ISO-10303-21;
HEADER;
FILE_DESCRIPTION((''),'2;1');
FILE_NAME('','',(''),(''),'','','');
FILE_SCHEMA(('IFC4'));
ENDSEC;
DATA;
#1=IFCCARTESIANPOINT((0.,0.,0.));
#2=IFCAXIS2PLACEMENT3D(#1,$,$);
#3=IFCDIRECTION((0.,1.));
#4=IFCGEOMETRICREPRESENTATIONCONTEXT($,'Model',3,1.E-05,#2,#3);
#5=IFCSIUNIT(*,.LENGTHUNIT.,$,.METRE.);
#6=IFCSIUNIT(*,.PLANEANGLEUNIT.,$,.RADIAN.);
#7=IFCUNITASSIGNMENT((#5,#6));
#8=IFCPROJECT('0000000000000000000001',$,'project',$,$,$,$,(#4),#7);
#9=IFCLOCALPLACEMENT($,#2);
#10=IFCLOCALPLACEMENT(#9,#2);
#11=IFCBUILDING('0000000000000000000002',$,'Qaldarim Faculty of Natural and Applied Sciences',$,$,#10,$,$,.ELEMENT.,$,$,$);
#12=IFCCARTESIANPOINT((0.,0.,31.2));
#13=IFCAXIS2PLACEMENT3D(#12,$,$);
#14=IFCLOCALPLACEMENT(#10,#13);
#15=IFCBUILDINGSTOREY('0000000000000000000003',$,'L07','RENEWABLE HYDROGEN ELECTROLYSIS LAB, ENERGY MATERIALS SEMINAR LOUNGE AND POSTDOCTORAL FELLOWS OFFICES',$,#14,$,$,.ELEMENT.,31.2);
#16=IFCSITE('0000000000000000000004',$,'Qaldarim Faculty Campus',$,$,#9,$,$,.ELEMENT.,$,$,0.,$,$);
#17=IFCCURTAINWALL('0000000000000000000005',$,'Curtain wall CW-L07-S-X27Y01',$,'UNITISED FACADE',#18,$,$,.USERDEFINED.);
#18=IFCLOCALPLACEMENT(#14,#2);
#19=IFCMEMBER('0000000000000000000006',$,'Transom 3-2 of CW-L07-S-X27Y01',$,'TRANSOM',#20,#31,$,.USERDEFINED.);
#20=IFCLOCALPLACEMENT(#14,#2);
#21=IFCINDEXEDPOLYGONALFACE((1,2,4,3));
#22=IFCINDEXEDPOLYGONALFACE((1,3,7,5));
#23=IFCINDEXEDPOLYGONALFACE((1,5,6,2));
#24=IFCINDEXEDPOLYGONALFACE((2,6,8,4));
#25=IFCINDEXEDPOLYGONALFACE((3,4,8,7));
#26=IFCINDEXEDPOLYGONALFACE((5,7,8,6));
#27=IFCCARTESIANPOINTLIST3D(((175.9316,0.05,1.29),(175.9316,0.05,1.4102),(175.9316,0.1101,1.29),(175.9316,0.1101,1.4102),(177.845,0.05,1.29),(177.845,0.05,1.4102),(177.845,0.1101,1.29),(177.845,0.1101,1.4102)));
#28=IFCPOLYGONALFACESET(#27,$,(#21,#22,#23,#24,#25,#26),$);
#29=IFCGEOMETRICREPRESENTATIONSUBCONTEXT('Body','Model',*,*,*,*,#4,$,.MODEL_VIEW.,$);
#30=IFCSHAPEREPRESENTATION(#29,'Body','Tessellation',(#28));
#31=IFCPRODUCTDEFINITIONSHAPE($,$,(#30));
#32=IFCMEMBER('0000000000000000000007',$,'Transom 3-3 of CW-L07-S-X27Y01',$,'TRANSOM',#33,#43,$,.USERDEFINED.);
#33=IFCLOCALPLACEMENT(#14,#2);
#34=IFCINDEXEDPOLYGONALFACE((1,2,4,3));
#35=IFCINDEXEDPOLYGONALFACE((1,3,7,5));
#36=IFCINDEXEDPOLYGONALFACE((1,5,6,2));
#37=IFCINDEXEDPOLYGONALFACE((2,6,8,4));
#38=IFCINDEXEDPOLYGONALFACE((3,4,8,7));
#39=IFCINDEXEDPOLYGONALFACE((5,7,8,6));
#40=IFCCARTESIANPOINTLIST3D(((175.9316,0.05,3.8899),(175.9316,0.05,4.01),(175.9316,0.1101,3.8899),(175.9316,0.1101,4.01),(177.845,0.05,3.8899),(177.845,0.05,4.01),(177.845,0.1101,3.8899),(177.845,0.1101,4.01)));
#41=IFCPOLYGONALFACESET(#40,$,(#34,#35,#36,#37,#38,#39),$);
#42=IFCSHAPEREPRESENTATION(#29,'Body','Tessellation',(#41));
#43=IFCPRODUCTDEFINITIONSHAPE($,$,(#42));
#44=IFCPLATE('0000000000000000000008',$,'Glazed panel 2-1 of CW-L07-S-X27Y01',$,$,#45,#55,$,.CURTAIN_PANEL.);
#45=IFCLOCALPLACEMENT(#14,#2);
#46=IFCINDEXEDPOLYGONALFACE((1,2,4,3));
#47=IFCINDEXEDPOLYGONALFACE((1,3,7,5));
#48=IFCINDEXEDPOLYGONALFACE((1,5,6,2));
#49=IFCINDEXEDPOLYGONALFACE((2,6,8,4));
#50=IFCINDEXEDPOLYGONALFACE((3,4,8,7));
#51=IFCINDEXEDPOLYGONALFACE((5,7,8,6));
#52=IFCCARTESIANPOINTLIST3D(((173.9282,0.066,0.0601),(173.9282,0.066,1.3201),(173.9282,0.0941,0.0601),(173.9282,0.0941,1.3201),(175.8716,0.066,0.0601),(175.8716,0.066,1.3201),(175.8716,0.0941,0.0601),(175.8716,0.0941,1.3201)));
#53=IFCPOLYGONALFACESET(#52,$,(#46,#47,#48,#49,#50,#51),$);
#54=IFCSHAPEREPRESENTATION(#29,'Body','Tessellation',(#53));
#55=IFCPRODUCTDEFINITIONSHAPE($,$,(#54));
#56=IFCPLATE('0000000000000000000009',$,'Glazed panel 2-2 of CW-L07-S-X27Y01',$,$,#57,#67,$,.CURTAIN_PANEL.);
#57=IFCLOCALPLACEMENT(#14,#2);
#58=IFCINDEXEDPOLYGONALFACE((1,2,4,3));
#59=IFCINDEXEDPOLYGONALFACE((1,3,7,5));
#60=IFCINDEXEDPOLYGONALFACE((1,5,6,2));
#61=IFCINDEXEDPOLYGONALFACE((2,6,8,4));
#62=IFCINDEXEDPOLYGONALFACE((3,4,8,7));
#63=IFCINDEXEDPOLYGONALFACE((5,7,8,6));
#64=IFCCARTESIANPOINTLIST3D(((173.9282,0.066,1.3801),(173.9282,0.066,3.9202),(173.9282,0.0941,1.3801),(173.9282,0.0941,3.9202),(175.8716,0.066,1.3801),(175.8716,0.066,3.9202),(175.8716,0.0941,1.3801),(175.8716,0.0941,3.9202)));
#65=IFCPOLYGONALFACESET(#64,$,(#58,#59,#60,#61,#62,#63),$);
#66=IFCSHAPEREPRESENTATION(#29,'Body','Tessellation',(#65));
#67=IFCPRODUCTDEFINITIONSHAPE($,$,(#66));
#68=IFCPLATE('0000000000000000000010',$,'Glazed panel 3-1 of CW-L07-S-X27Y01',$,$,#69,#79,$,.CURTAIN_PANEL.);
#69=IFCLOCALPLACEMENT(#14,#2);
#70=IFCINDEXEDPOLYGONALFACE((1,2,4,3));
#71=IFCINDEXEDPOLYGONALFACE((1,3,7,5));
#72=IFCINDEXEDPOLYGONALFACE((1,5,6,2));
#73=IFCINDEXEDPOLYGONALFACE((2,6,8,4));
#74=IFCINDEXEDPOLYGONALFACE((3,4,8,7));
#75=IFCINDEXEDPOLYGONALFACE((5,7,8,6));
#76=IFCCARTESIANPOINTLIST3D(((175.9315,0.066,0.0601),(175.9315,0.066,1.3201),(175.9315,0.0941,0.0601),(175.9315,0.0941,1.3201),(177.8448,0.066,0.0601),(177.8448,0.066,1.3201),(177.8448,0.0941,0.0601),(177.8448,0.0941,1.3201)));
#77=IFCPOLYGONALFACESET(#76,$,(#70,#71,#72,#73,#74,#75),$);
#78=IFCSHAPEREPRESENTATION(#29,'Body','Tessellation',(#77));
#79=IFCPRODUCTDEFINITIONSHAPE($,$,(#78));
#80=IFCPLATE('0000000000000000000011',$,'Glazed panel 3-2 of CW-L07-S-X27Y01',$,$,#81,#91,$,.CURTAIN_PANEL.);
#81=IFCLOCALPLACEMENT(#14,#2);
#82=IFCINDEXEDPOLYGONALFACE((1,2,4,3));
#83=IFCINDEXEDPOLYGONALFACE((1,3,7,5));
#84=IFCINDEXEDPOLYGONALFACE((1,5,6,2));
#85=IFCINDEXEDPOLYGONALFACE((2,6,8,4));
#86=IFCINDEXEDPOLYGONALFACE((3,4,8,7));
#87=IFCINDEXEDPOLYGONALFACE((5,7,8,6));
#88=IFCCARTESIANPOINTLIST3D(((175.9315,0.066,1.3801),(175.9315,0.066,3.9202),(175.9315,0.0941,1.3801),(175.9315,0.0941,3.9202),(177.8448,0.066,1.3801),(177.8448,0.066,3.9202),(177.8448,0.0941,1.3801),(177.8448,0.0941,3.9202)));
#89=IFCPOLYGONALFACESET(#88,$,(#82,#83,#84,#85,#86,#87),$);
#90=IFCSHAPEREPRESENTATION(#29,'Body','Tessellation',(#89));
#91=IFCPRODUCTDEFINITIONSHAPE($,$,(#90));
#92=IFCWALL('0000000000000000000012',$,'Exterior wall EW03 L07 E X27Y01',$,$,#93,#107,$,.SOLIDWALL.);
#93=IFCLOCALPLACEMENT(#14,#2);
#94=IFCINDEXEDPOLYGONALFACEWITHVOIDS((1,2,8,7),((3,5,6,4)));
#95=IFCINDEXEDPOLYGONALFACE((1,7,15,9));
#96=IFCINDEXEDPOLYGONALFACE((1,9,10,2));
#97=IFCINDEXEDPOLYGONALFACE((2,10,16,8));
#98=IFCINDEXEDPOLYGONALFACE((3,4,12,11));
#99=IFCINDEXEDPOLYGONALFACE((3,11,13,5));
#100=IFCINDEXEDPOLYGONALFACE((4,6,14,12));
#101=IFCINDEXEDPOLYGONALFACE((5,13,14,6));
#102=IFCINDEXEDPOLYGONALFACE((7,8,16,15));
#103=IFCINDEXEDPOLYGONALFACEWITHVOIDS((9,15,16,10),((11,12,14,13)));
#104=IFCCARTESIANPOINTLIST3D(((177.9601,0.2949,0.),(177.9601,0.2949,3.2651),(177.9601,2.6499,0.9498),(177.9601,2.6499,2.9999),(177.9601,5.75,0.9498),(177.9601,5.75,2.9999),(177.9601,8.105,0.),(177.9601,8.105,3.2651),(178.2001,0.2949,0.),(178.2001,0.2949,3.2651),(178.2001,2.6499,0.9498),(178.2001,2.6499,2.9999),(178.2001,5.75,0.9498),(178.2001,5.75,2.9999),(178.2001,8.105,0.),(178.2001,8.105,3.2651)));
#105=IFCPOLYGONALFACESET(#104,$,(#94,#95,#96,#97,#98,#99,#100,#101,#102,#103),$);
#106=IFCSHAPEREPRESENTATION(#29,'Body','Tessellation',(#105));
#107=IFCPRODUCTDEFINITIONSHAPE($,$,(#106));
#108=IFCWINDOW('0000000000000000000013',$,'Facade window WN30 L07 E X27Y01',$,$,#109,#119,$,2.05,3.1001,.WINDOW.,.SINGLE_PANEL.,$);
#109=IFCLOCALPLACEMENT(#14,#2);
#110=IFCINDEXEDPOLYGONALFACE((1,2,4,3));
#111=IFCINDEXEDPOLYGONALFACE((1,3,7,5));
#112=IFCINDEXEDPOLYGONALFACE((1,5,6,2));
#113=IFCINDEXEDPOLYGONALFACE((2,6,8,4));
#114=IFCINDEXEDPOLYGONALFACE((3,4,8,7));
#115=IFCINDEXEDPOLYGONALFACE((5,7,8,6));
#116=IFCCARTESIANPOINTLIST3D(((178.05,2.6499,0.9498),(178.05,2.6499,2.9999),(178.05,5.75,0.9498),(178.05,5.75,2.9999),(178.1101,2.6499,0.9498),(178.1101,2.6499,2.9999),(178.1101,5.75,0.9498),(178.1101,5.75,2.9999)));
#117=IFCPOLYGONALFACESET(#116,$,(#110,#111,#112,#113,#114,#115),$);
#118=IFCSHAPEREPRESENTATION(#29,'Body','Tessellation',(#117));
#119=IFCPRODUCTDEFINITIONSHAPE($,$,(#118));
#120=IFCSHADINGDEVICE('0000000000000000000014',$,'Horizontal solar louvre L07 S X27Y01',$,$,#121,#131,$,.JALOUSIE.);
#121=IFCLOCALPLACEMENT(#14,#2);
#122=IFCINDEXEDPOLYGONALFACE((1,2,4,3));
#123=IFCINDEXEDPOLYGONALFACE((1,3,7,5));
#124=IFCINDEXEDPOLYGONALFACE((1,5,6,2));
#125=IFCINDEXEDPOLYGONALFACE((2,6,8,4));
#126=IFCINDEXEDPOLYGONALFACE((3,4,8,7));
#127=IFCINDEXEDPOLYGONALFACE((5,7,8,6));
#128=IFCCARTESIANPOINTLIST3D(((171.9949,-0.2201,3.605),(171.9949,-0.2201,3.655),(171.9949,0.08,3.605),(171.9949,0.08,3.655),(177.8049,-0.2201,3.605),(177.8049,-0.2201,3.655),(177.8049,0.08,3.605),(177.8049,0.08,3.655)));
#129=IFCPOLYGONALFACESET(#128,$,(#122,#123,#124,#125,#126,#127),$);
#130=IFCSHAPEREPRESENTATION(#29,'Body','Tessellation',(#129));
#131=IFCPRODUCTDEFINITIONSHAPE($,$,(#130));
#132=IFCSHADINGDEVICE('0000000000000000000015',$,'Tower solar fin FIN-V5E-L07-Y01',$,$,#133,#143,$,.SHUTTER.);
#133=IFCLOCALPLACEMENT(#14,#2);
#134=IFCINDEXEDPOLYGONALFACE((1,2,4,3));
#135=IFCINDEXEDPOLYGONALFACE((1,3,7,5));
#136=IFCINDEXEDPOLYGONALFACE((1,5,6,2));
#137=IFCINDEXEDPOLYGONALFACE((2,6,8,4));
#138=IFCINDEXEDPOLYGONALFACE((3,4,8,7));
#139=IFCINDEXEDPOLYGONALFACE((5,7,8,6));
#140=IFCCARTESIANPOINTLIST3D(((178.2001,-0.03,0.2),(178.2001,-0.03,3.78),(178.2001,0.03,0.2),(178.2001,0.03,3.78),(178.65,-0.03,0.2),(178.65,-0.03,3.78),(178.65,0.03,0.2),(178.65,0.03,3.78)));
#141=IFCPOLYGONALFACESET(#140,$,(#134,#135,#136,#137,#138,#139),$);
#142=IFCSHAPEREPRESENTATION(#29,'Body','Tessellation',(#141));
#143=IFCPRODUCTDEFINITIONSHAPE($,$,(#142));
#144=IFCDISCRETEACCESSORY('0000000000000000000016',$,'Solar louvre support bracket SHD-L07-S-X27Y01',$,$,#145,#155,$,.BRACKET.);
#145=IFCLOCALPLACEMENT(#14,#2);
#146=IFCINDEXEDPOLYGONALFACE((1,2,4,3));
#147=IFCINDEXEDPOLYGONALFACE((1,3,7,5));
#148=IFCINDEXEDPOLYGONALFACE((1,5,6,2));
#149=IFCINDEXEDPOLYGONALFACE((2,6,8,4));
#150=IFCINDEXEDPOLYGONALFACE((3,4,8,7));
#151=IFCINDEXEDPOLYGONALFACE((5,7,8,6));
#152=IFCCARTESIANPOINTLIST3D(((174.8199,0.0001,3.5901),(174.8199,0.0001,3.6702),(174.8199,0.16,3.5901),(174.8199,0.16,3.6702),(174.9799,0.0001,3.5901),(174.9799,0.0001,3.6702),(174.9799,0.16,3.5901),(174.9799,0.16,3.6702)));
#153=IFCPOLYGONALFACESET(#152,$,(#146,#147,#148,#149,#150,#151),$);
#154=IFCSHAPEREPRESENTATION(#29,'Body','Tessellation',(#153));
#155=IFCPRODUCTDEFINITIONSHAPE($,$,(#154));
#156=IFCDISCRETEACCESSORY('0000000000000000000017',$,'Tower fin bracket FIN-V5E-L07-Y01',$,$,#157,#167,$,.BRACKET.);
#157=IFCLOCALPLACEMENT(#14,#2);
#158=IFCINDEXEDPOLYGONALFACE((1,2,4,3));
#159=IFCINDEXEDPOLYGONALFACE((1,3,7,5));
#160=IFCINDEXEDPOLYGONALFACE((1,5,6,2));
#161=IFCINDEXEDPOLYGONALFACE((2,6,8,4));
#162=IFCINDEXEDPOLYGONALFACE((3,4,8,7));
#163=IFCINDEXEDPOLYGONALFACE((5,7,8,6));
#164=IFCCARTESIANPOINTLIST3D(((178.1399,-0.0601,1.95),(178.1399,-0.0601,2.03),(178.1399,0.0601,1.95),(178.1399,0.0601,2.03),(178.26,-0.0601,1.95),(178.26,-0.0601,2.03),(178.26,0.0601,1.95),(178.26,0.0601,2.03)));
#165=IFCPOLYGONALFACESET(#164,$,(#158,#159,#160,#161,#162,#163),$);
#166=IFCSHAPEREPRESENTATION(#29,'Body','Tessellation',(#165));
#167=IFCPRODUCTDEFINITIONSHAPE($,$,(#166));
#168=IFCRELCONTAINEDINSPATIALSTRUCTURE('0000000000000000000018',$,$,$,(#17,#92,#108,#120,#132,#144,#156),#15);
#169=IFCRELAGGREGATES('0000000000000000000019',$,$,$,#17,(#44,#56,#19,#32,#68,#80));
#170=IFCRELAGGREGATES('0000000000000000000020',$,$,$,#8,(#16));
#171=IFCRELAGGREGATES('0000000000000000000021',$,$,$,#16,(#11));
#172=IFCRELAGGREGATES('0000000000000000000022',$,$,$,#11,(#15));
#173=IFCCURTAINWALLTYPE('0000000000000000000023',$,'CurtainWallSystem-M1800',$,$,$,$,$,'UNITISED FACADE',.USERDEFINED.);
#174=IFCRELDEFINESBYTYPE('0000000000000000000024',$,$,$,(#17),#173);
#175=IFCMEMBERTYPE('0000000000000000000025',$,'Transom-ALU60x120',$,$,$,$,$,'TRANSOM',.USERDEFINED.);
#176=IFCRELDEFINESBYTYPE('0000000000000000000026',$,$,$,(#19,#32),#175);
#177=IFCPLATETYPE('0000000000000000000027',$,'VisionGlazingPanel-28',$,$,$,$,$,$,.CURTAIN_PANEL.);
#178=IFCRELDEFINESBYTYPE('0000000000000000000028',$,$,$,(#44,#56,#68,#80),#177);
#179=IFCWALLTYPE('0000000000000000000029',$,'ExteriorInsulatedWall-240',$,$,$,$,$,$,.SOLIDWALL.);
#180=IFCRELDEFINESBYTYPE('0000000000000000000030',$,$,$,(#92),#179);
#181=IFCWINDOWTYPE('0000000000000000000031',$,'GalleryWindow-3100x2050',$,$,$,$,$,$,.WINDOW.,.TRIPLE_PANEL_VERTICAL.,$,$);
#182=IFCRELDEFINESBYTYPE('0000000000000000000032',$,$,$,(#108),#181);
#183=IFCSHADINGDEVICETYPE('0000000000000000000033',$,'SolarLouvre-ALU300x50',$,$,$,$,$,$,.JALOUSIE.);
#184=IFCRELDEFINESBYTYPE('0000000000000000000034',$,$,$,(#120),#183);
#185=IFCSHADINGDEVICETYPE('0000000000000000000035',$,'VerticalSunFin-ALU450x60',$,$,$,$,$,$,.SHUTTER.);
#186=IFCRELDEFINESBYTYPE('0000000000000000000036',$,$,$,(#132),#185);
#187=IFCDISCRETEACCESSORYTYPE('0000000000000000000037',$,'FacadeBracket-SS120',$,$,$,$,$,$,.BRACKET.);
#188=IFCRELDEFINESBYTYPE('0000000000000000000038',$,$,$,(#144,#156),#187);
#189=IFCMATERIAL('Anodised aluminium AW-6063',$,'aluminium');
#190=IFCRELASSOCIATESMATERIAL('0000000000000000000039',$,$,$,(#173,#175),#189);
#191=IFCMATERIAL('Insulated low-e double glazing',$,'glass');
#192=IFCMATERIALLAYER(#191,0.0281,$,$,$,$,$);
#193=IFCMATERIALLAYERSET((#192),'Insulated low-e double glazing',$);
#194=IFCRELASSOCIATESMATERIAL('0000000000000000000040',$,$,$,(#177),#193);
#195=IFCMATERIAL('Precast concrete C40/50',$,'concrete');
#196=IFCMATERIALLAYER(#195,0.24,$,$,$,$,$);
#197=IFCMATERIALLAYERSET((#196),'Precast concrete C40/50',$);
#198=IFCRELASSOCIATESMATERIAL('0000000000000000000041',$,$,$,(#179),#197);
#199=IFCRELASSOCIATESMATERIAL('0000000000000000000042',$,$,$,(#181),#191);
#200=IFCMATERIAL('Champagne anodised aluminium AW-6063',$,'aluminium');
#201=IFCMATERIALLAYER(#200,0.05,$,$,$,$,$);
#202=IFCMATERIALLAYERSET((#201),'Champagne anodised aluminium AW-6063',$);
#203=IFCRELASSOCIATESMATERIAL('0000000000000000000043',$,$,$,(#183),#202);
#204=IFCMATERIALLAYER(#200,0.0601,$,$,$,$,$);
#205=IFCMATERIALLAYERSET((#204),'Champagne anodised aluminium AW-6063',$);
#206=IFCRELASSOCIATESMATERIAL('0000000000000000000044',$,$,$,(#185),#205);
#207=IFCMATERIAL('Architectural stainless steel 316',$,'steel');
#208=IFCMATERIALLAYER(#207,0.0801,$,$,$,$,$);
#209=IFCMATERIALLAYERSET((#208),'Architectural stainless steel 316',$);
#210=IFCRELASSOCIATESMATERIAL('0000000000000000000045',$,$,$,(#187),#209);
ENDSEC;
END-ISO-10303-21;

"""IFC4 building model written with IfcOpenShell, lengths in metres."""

from ifc_helpers import new_model, si_unit, direction, frame, frame_2d, origin, origin_2d, place, context, subcontext, project, spatial, rectangle, extrude, material, layer, layer_set, material_profile, profile_set, type_object, element, fill, aggregate, save


model = new_model("IFC4")

# Units and contexts
model_context = context("Model", 3, precision=1e-05, world=origin(), true_north=direction((0.0, 1.0)))
body_context = subcontext(model_context, "Body", "Model", "MODEL_VIEW")
ifc_project = project(units=[si_unit("LENGTHUNIT", "METRE"), si_unit("PLANEANGLEUNIT", "RADIAN")], contexts=[model_context])

# Site, building, storey
site_placement = place(None, origin())
site = spatial("IfcSite", under=ifc_project, at=site_placement, Name="Qaldarim Faculty Campus", CompositionType="ELEMENT", RefElevation=0.0)
building_placement = place(site_placement, origin())
building = spatial("IfcBuilding", under=site, at=building_placement, Name="Qaldarim Faculty of Natural and Applied Sciences", CompositionType="ELEMENT")
storey_placement = place(building_placement, frame((0.0, 0.0, 31.2)))
storey = spatial("IfcBuildingStorey", under=building, at=storey_placement, Name="L07", Description="RENEWABLE HYDROGEN ELECTROLYSIS LAB, ENERGY MATERIALS SEMINAR LOUNGE AND POSTDOCTORAL FELLOWS OFFICES", CompositionType="ELEMENT", Elevation=31.2)

# Curtain wall
ifc_material_1 = material(Name="Anodised aluminium AW-6063", Category="aluminium")
curtain_wall_type = type_object("IfcCurtainWallType", Name="CurtainWallSystem-M1800", ElementType="UNITISED FACADE", PredefinedType="USERDEFINED", material=ifc_material_1)
curtain_wall_placement = place(storey_placement, origin())
curtain_wall = element("IfcCurtainWall", 1, at=curtain_wall_placement, inside=storey, type_object=curtain_wall_type, Name="Curtain wall CW-L07-S-X27Y01", ObjectType="UNITISED FACADE", PredefinedType="USERDEFINED")

# Shared definitions
ifc_material_2 = material(Name="Precast concrete C40/50", Category="concrete")

# Members
ifc_material_profile_1 = material_profile(ifc_material_1, rectangle(XDim=0.0601, YDim=0.1201, at=origin_2d()), Name="ALU-T60x120")
ifc_profile_set_1 = profile_set([ifc_material_profile_1], Name="Anodised aluminium AW-6063")
member_type_1 = type_object("IfcMemberType", Name="Transom-ALU60x120", ElementType="TRANSOM", PredefinedType="USERDEFINED", material=ifc_profile_set_1)
member_1_placement = place(storey_placement, frame((175.9316, 0.0801, 1.3501), z_axis=(1.0, 0.0, 0.0), x_axis=(0.0, 1.0, 0.0)))
member_1 = element("IfcMember", 2, at=member_1_placement, type_object=member_type_1, Name="Transom 3-2 of CW-L07-S-X27Y01", ObjectType="TRANSOM", PredefinedType="USERDEFINED", context=body_context, shape_type="SweptSolid", body=[
    extrude(rectangle(XDim=0.0601, YDim=0.1201, at=origin_2d()), origin(), (0.0, 0.0, 1.0), 1.9133),
])
member_2_placement = place(storey_placement, frame((175.9316, 0.0801, 3.95), z_axis=(1.0, 0.0, 0.0), x_axis=(0.0, 1.0, 0.0)))
member_2 = element("IfcMember", 3, at=member_2_placement, type_object=member_type_1, Name="Transom 3-3 of CW-L07-S-X27Y01", ObjectType="TRANSOM", PredefinedType="USERDEFINED", context=body_context, shape_type="SweptSolid", body=[
    extrude(rectangle(XDim=0.0601, YDim=0.1201, at=origin_2d()), origin(), (0.0, 0.0, 1.0), 1.9133),
])

# Plates
ifc_material_3 = material(Name="Insulated low-e double glazing", Category="glass")
ifc_layer_1 = layer(ifc_material_3, 0.0281)
ifc_layer_set_1 = layer_set([ifc_layer_1], Name="Insulated low-e double glazing")
plate_type = type_object("IfcPlateType", Name="VisionGlazingPanel-28", PredefinedType="CURTAIN_PANEL", material=ifc_layer_set_1)
plate_1_placement = place(storey_placement, frame((174.8999, 0.0801, 0.0601), z_axis=(0.0, 0.0, 1.0), x_axis=(1.0, 0.0, 0.0)))
plate_1 = element("IfcPlate", 4, at=plate_1_placement, type_object=plate_type, Name="Glazed panel 2-1 of CW-L07-S-X27Y01", PredefinedType="CURTAIN_PANEL", context=body_context, shape_type="SweptSolid", body=[
    extrude(rectangle(XDim=1.9434, YDim=0.0281, at=origin_2d()), origin(), (0.0, 0.0, 1.0), 1.26),
])
plate_2_placement = place(storey_placement, frame((174.8999, 0.0801, 1.3801), z_axis=(0.0, 0.0, 1.0), x_axis=(1.0, 0.0, 0.0)))
plate_2 = element("IfcPlate", 5, at=plate_2_placement, type_object=plate_type, Name="Glazed panel 2-2 of CW-L07-S-X27Y01", PredefinedType="CURTAIN_PANEL", context=body_context, shape_type="SweptSolid", body=[
    extrude(rectangle(XDim=1.9434, YDim=0.0281, at=origin_2d()), origin(), (0.0, 0.0, 1.0), 2.54),
])
plate_3_placement = place(storey_placement, frame((176.8882, 0.0801, 0.0601), z_axis=(0.0, 0.0, 1.0), x_axis=(1.0, 0.0, 0.0)))
plate_3 = element("IfcPlate", 6, at=plate_3_placement, type_object=plate_type, Name="Glazed panel 3-1 of CW-L07-S-X27Y01", PredefinedType="CURTAIN_PANEL", context=body_context, shape_type="SweptSolid", body=[
    extrude(rectangle(XDim=1.9133, YDim=0.0281, at=origin_2d()), origin(), (0.0, 0.0, 1.0), 1.26),
])
plate_4_placement = place(storey_placement, frame((176.8882, 0.0801, 1.3801), z_axis=(0.0, 0.0, 1.0), x_axis=(1.0, 0.0, 0.0)))
plate_4 = element("IfcPlate", 7, at=plate_4_placement, type_object=plate_type, Name="Glazed panel 3-2 of CW-L07-S-X27Y01", PredefinedType="CURTAIN_PANEL", context=body_context, shape_type="SweptSolid", body=[
    extrude(rectangle(XDim=1.9133, YDim=0.0281, at=origin_2d()), origin(), (0.0, 0.0, 1.0), 2.54),
])
aggregate(curtain_wall, [plate_1, plate_2, member_1, member_2, plate_3, plate_4])

# Wall, opening, window
ifc_layer_2 = layer(ifc_material_2, 0.24)
ifc_layer_set_2 = layer_set([ifc_layer_2], Name="Precast concrete C40/50")
wall_type = type_object("IfcWallType", Name="ExteriorInsulatedWall-240", PredefinedType="SOLIDWALL", material=ifc_layer_set_2)
wall_placement = place(storey_placement, frame((178.0801, 0.2949, 0.0), z_axis=(0.0, 0.0, 1.0), x_axis=(0.0, 1.0, 0.0)))
wall = element("IfcWall", 8, at=wall_placement, inside=storey, type_object=wall_type, Name="Exterior wall EW03 L07 E X27Y01", PredefinedType="SOLIDWALL", context=body_context, shape_type="SweptSolid", body=[
    extrude(rectangle(XDim=7.8101, YDim=0.24, at=frame_2d((3.905, 0.0))), origin(), (0.0, 0.0, 1.0), 3.2651),
])
opening_placement = place(wall_placement, frame((2.355, 0.0, 0.95)))
opening = element("IfcOpeningElement", 9, at=opening_placement, cuts=wall, PredefinedType="OPENING", context=body_context, shape_type="SweptSolid", body=[
    extrude(rectangle(XDim=3.1001, YDim=2.05, at=frame_2d((1.55, 1.0249))), frame((0.0, 0.1299, 0.0), z_axis=(0.0, -1.0, 0.0), x_axis=(1.0, 0.0, 0.0)), (0.0, 0.0, 1.0), 0.26),
])
window_type = type_object("IfcWindowType", Name="GalleryWindow-3100x2050", PartitioningType="TRIPLE_PANEL_VERTICAL", PredefinedType="WINDOW", material=ifc_material_3)
window_placement = place(opening_placement, origin())
window = element("IfcWindow", 10, at=window_placement, inside=storey, type_object=window_type, Name="Facade window WN30 L07 E X27Y01", OverallHeight=2.05, OverallWidth=3.1001, PartitioningType="SINGLE_PANEL", PredefinedType="WINDOW", context=body_context, shape_type="SweptSolid", body=[
    extrude(rectangle(XDim=3.1001, YDim=2.05, at=frame_2d((1.55, 1.0249))), frame((0.0, 0.03, 0.0), z_axis=(0.0, -1.0, 0.0), x_axis=(1.0, 0.0, 0.0)), (0.0, 0.0, 1.0), 0.0601),
])
fill(opening, window)

# Shading devices
ifc_material_4 = material(Name="Champagne anodised aluminium AW-6063", Category="aluminium")
ifc_layer_3 = layer(ifc_material_4, 0.05)
ifc_layer_set_3 = layer_set([ifc_layer_3], Name="Champagne anodised aluminium AW-6063")
shading_device_type_1 = type_object("IfcShadingDeviceType", Name="SolarLouvre-ALU300x50", PredefinedType="JALOUSIE", material=ifc_layer_set_3)
shading_device_1_placement = place(storey_placement, frame((174.8999, -0.0701, 3.605), z_axis=(0.0, 0.0, 1.0), x_axis=(1.0, 0.0, 0.0)))
element("IfcShadingDevice", 11, at=shading_device_1_placement, inside=storey, type_object=shading_device_type_1, Name="Horizontal solar louvre L07 S X27Y01", PredefinedType="JALOUSIE", context=body_context, shape_type="SweptSolid", body=[
    extrude(rectangle(XDim=5.8101, YDim=0.3, at=origin_2d()), origin(), (0.0, 0.0, 1.0), 0.05),
])
ifc_layer_4 = layer(ifc_material_4, 0.0601)
ifc_layer_set_4 = layer_set([ifc_layer_4], Name="Champagne anodised aluminium AW-6063")
shading_device_type_2 = type_object("IfcShadingDeviceType", Name="VerticalSunFin-ALU450x60", PredefinedType="SHUTTER", material=ifc_layer_set_4)
shading_device_2_placement = place(storey_placement, frame((178.425, 0.0, 0.2), z_axis=(0.0, 0.0, 1.0), x_axis=(1.0, 0.0, 0.0)))
element("IfcShadingDevice", 12, at=shading_device_2_placement, inside=storey, type_object=shading_device_type_2, Name="Tower solar fin FIN-V5E-L07-Y01", PredefinedType="SHUTTER", context=body_context, shape_type="SweptSolid", body=[
    extrude(rectangle(XDim=0.45, YDim=0.0601, at=origin_2d()), origin(), (0.0, 0.0, 1.0), 3.5801),
])

# Discrete accessories
ifc_material_5 = material(Name="Architectural stainless steel 316", Category="steel")
ifc_layer_5 = layer(ifc_material_5, 0.0801)
ifc_layer_set_5 = layer_set([ifc_layer_5], Name="Architectural stainless steel 316")
discrete_accessory_type = type_object("IfcDiscreteAccessoryType", Name="FacadeBracket-SS120", PredefinedType="BRACKET", material=ifc_layer_set_5)
discrete_accessory_1_placement = place(storey_placement, frame((174.8999, 0.0801, 3.5901), z_axis=(0.0, 0.0, 1.0), x_axis=(1.0, 0.0, 0.0)))
element("IfcDiscreteAccessory", 13, at=discrete_accessory_1_placement, inside=storey, type_object=discrete_accessory_type, Name="Solar louvre support bracket SHD-L07-S-X27Y01", PredefinedType="BRACKET", context=body_context, shape_type="SweptSolid", body=[
    extrude(rectangle(XDim=0.1599, YDim=0.1599, at=origin_2d()), origin(), (0.0, 0.0, 1.0), 0.0801),
])
discrete_accessory_2_placement = place(storey_placement, frame((178.2, 0.0, 1.95), z_axis=(0.0, 0.0, 1.0), x_axis=(1.0, 0.0, 0.0)))
element("IfcDiscreteAccessory", 14, at=discrete_accessory_2_placement, inside=storey, type_object=discrete_accessory_type, Name="Tower fin bracket FIN-V5E-L07-Y01", PredefinedType="BRACKET", context=body_context, shape_type="SweptSolid", body=[
    extrude(rectangle(XDim=0.1201, YDim=0.1201, at=origin_2d()), origin(), (0.0, 0.0, 1.0), 0.0801),
])

save(model, "model.ifc")
